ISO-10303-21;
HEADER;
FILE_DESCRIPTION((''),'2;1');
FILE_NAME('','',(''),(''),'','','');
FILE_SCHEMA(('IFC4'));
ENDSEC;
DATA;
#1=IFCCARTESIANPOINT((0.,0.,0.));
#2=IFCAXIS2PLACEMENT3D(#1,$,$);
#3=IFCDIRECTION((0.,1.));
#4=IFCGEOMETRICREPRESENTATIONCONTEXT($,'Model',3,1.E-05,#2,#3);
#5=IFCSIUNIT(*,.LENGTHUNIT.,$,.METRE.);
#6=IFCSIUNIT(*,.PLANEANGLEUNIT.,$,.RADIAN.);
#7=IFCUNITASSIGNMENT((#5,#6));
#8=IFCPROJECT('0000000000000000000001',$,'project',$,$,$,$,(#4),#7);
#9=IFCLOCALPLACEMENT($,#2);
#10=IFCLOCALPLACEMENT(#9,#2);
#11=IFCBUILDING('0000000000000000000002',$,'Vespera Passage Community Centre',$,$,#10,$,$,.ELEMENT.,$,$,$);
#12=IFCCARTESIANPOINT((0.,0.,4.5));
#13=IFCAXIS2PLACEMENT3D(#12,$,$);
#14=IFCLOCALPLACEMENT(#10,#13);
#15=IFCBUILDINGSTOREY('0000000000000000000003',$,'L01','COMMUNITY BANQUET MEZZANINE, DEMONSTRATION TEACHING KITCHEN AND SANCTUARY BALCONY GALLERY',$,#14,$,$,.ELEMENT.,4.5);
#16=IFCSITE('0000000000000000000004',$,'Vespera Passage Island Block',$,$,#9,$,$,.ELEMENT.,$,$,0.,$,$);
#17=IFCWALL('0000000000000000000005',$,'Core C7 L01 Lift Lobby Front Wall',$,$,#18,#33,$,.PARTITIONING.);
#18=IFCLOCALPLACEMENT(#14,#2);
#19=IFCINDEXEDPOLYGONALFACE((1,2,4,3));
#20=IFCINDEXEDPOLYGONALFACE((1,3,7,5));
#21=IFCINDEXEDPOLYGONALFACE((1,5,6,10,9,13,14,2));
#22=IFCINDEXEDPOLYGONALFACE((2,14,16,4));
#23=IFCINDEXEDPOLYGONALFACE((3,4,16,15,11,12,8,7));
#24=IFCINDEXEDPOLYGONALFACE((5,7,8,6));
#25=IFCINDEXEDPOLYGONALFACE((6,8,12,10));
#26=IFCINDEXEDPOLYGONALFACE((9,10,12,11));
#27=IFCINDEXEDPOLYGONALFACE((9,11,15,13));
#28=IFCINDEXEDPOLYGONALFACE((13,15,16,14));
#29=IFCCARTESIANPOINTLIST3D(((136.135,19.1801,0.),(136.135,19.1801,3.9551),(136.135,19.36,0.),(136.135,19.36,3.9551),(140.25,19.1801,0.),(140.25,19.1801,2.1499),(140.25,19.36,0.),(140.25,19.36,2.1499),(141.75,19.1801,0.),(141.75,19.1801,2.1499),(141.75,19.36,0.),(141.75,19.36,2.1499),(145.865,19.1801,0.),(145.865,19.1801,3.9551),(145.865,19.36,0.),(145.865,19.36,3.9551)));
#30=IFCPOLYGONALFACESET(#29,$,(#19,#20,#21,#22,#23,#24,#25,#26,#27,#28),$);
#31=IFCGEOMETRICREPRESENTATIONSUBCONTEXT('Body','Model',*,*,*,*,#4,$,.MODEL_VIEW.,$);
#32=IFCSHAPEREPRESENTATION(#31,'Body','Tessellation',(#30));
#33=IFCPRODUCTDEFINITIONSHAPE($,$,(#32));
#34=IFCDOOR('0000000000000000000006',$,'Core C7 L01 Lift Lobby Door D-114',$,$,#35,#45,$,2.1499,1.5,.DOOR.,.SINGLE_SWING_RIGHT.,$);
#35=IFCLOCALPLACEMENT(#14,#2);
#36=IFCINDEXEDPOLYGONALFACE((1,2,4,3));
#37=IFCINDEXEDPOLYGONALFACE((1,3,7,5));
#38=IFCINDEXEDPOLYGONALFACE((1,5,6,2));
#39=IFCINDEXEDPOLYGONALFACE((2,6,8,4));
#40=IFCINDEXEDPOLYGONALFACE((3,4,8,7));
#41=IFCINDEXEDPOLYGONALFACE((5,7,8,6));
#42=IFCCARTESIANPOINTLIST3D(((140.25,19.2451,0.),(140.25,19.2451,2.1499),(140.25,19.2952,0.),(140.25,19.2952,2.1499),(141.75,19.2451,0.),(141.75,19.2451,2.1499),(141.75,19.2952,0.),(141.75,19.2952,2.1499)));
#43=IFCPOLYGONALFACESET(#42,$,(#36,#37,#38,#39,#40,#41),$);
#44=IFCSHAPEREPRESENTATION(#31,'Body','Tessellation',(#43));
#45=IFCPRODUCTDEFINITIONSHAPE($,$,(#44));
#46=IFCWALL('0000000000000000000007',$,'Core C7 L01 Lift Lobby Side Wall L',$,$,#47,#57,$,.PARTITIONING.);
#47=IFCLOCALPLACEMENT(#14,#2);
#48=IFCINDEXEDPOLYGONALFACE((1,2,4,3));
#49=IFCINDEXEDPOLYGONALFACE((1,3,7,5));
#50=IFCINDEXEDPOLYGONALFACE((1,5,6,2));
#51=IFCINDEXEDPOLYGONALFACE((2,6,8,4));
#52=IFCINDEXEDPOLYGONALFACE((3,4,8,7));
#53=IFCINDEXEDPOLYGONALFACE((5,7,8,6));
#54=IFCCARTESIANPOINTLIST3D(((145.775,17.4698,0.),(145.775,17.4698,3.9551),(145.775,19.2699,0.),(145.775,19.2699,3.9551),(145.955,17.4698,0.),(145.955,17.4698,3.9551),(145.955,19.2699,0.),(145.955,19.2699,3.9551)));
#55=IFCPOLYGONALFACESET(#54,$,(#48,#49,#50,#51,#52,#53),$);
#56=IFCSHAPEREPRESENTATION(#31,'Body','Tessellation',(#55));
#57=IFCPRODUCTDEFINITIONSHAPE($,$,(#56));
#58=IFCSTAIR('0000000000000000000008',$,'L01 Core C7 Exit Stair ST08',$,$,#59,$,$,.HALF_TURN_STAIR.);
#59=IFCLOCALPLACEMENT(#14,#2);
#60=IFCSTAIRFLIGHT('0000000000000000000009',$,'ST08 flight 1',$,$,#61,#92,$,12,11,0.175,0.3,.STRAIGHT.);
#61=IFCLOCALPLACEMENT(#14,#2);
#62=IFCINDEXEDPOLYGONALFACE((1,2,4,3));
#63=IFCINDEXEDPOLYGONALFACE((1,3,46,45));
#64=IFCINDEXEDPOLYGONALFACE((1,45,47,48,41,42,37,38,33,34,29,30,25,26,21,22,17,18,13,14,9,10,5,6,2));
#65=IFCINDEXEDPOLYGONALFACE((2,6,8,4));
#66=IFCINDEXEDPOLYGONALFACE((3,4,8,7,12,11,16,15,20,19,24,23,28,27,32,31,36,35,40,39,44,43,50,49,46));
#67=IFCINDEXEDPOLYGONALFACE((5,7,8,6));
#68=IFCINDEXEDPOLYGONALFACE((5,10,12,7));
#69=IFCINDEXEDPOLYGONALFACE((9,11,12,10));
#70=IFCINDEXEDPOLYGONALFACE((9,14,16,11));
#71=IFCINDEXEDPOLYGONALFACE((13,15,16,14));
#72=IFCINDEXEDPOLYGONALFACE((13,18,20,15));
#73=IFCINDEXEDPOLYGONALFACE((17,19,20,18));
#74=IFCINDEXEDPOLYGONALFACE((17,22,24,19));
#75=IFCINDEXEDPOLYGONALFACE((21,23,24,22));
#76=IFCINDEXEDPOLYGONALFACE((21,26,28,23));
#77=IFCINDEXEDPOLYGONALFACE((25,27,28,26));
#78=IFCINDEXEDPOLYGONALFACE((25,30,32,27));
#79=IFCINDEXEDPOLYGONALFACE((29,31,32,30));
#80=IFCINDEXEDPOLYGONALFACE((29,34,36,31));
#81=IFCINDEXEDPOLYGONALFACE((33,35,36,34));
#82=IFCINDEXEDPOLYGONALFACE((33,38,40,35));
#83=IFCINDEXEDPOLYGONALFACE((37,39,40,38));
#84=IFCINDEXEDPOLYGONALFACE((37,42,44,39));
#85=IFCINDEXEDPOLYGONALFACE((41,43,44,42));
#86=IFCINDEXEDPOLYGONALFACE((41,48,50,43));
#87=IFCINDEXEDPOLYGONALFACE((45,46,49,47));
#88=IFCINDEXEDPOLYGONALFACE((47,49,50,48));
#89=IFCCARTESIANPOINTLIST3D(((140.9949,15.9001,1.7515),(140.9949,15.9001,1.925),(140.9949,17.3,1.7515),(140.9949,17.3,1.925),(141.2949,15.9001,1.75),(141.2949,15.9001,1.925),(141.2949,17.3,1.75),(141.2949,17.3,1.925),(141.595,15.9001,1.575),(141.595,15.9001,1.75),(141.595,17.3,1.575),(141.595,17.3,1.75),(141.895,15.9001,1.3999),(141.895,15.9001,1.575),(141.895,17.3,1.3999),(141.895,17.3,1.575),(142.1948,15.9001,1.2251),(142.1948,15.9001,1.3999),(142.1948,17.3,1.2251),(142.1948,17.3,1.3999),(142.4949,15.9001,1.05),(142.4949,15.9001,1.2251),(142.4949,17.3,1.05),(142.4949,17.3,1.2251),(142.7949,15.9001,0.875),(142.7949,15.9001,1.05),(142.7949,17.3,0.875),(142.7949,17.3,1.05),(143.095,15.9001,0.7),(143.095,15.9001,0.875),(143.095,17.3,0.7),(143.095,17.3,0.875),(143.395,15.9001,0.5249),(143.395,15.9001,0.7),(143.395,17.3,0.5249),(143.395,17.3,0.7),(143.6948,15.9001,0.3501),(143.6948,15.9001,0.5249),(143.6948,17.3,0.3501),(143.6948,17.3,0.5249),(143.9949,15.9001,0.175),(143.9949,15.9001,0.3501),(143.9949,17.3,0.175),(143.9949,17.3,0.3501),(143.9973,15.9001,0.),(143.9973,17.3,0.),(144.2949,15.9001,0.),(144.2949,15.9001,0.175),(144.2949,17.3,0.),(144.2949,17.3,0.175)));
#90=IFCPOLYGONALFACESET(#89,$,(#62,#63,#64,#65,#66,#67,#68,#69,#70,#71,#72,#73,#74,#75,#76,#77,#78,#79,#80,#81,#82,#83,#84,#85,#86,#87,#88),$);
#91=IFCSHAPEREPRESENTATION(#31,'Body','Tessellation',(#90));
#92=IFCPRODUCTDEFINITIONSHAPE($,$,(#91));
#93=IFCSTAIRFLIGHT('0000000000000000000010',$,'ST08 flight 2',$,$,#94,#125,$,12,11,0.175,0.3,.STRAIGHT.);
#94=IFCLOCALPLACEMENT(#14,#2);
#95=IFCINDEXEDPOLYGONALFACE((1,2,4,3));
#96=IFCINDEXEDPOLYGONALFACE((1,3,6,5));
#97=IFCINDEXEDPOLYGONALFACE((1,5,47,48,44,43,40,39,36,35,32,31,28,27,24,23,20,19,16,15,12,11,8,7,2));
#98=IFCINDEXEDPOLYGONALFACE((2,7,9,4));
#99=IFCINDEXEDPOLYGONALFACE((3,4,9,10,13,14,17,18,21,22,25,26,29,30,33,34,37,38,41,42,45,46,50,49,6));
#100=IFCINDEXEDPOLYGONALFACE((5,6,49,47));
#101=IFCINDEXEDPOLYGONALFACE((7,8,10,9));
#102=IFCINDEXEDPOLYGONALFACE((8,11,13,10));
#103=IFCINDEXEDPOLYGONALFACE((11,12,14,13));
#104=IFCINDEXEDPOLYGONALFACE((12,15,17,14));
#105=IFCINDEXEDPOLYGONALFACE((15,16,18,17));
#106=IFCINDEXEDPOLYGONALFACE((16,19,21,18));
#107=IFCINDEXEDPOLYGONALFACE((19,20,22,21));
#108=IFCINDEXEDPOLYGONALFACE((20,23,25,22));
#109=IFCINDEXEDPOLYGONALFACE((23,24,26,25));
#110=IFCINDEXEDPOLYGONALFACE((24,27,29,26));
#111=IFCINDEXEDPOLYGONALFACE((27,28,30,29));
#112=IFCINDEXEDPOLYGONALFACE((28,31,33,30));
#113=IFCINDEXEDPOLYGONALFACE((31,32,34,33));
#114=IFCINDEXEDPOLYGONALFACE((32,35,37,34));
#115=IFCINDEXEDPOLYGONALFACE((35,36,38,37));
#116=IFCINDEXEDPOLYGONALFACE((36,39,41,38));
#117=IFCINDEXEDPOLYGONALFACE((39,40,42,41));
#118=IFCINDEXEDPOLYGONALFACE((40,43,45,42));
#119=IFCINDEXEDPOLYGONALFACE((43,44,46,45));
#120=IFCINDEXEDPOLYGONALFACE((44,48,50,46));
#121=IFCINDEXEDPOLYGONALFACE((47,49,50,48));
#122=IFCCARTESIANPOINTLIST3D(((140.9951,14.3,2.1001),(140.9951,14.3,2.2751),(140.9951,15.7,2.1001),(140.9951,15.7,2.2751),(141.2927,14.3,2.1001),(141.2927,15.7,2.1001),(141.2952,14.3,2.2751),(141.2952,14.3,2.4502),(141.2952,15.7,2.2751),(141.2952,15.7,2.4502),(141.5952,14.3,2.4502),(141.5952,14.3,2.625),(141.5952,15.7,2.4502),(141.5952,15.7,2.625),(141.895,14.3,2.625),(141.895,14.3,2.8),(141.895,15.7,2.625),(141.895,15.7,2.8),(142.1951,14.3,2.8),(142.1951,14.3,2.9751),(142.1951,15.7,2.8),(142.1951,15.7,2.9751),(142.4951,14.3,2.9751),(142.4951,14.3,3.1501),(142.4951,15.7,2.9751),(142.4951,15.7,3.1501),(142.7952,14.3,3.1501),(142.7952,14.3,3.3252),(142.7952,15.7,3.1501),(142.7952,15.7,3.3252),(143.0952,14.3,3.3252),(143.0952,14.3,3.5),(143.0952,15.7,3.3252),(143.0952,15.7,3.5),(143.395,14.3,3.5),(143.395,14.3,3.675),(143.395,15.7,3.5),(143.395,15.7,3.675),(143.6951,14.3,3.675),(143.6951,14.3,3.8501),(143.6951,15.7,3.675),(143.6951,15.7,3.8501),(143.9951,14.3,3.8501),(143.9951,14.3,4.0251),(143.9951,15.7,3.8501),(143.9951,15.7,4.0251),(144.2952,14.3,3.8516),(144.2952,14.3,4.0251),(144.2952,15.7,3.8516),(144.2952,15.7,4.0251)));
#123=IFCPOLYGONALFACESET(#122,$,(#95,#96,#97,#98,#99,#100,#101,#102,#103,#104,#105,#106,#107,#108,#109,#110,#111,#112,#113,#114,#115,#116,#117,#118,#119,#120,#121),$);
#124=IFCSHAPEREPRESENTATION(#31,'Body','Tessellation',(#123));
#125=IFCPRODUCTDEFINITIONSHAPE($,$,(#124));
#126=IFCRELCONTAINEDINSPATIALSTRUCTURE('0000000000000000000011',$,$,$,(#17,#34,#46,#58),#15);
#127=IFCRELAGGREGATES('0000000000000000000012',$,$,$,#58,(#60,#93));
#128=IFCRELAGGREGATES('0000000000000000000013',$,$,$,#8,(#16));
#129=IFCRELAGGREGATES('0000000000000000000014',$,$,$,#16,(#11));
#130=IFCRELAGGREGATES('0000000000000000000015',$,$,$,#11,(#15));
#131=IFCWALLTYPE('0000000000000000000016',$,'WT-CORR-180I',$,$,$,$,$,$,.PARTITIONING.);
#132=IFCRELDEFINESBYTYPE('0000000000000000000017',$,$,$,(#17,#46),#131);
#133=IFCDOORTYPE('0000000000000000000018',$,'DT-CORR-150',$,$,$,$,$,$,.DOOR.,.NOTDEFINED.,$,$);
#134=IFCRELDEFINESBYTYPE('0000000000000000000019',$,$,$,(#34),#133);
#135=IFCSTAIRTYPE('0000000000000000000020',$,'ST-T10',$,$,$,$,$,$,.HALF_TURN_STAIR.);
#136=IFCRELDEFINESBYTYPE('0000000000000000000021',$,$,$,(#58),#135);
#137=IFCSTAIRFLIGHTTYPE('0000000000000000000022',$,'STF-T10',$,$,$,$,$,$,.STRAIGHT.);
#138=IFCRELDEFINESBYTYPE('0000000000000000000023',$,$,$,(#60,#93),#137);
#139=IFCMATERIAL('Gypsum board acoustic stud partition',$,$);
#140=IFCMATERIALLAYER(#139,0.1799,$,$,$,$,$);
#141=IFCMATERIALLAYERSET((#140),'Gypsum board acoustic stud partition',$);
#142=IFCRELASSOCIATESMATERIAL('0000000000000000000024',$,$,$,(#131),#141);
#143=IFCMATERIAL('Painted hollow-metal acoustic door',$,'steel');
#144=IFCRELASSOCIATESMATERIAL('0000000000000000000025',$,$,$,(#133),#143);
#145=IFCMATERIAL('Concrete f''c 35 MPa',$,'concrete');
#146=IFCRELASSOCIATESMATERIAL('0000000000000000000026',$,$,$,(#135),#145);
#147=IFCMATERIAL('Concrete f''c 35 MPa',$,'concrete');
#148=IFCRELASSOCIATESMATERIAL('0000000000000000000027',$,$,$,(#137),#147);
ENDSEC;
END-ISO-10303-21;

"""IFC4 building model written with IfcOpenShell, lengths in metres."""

from ifc_helpers import new_model, si_unit, direction, frame, frame_2d, origin, place, context, subcontext, project, spatial, polyline, rectangle, outline, extrude, material, layer, layer_set, type_object, element, fill, aggregate, save


model = new_model("IFC4")

# Units and contexts
model_context = context("Model", 3, precision=1e-05, world=origin(), true_north=direction((0.0, 1.0)))
body_context = subcontext(model_context, "Body", "Model", "MODEL_VIEW")
ifc_project = project(units=[si_unit("LENGTHUNIT", "METRE"), si_unit("PLANEANGLEUNIT", "RADIAN")], contexts=[model_context])

# Site, building, storey
site_placement = place(None, origin())
site = spatial("IfcSite", under=ifc_project, at=site_placement, Name="Vespera Passage Island Block", CompositionType="ELEMENT", RefElevation=0.0)
building_placement = place(site_placement, origin())
building = spatial("IfcBuilding", under=site, at=building_placement, Name="Vespera Passage Community Centre", CompositionType="ELEMENT")
storey_placement = place(building_placement, frame((0.0, 0.0, 4.5)))
storey = spatial("IfcBuildingStorey", under=building, at=storey_placement, Name="L01", Description="COMMUNITY BANQUET MEZZANINE, DEMONSTRATION TEACHING KITCHEN AND SANCTUARY BALCONY GALLERY", CompositionType="ELEMENT", Elevation=4.5)

# Wall, opening, door
ifc_material_1 = material(Name="Gypsum board acoustic stud partition")
ifc_layer_1 = layer(ifc_material_1, 0.1799)
ifc_layer_set_1 = layer_set([ifc_layer_1], Name="Gypsum board acoustic stud partition")
wall_type_1 = type_object("IfcWallType", Name="WT-CORR-180I", PredefinedType="PARTITIONING", material=ifc_layer_set_1)
wall_1_placement = place(storey_placement, frame((145.865, 19.27, 0.0), z_axis=(0.0, 0.0, 1.0), x_axis=(-1.0, 0.0, 0.0)))
wall_1 = element("IfcWall", 1, at=wall_1_placement, inside=storey, type_object=wall_type_1, Name="Core C7 L01 Lift Lobby Front Wall", PredefinedType="PARTITIONING", context=body_context, shape_type="SweptSolid", body=[
    extrude(rectangle(XDim=9.73, YDim=0.1799, at=frame_2d((4.865, 0.0))), origin(), (0.0, 0.0, 1.0), 3.9551),
])
opening_placement = place(wall_1_placement, frame((4.115, 0.0, 0.0)))
opening = element("IfcOpeningElement", 2, at=opening_placement, cuts=wall_1, PredefinedType="OPENING", context=body_context, shape_type="SweptSolid", body=[
    extrude(rectangle(XDim=1.5, YDim=2.1499, at=frame_2d((0.75, 1.075))), frame((0.0, 0.0999, 0.0), z_axis=(0.0, -1.0, 0.0), x_axis=(1.0, 0.0, 0.0)), (0.0, 0.0, 1.0), 0.2),
])
ifc_material_2 = material(Name="Painted hollow-metal acoustic door", Category="steel")
door_type = type_object("IfcDoorType", Name="DT-CORR-150", OperationType="NOTDEFINED", PredefinedType="DOOR", material=ifc_material_2)
door_placement = place(opening_placement, origin())
door = element("IfcDoor", 3, at=door_placement, inside=storey, type_object=door_type, Name="Core C7 L01 Lift Lobby Door D-114", OperationType="SINGLE_SWING_RIGHT", OverallHeight=2.1499, OverallWidth=1.5, PredefinedType="DOOR", context=body_context, shape_type="SweptSolid", body=[
    extrude(rectangle(XDim=1.5, YDim=2.1499, at=frame_2d((0.75, 1.075))), frame((0.0, 0.0249, 0.0), z_axis=(0.0, -1.0, 0.0), x_axis=(1.0, 0.0, 0.0)), (0.0, 0.0, 1.0), 0.05),
])
fill(opening, door)

# Wall
wall_2_placement = place(storey_placement, frame((145.865, 17.47, 0.0), z_axis=(0.0, 0.0, 1.0), x_axis=(0.0, 1.0, 0.0)))
element("IfcWall", 4, at=wall_2_placement, inside=storey, type_object=wall_type_1, Name="Core C7 L01 Lift Lobby Side Wall L", PredefinedType="PARTITIONING", context=body_context, shape_type="SweptSolid", body=[
    extrude(rectangle(XDim=1.8, YDim=0.1799, at=frame_2d((0.8999, 0.0))), origin(), (0.0, 0.0, 1.0), 3.9551),
])

# Stair, stair flights
ifc_material_3 = material(Name="Concrete f'c 35 MPa", Category="concrete")
stair_type = type_object("IfcStairType", Name="ST-T10", PredefinedType="HALF_TURN_STAIR", material=ifc_material_3)
stair_placement = place(storey_placement, origin())
stair = element("IfcStair", 5, at=stair_placement, inside=storey, type_object=stair_type, Name="L01 Core C7 Exit Stair ST08", PredefinedType="HALF_TURN_STAIR")
ifc_material_4 = material(Name="Concrete f'c 35 MPa", Category="concrete")
stair_flight_type = type_object("IfcStairFlightType", Name="STF-T10", PredefinedType="STRAIGHT", material=ifc_material_4)
stair_flight_1_placement = place(storey_placement, frame((144.2949, 16.6001, 0.0), z_axis=(0.0, 0.0, 1.0), x_axis=(-1.0, 0.0, 0.0)))
stair_flight_1 = element("IfcStairFlight", 6, at=stair_flight_1_placement, type_object=stair_flight_type, Name="ST08 flight 1", NumberOfRisers=12, NumberOfTreads=11, PredefinedType="STRAIGHT", RiserHeight=0.175, TreadLength=0.3, context=body_context, shape_type="SweptSolid", body=[
    extrude(outline(polyline([(0.0, 0.0), (0.0, 0.175), (0.3, 0.175), (0.3, 0.3501), (0.6001, 0.3501), (0.6001, 0.5249), (0.8999, 0.5249), (0.8999, 0.7), (1.2, 0.7), (1.2, 0.875), (1.5, 0.875), (1.5, 1.05), (1.8, 1.05), (1.8, 1.2251), (2.1001, 1.2251), (2.1001, 1.3999), (2.3999, 1.3999), (2.3999, 1.575), (2.7, 1.575), (2.7, 1.75), (3.0, 1.75), (3.0, 1.925), (3.3, 1.925), (3.3, 2.1001), (3.3, 1.7515), (0.2976, 0.0), (0.0, 0.0)])), frame((0.0, 0.7, 0.0), z_axis=(0.0, -1.0, 0.0), x_axis=(1.0, 0.0, 0.0)), (0.0, 0.0, 1.0), 1.3999),
])
stair_flight_2_placement = place(storey_placement, frame((140.9951, 15.0, 2.1001), z_axis=(0.0, 0.0, 1.0), x_axis=(1.0, 0.0, 0.0)))
stair_flight_2 = element("IfcStairFlight", 7, at=stair_flight_2_placement, type_object=stair_flight_type, Name="ST08 flight 2", NumberOfRisers=12, NumberOfTreads=11, PredefinedType="STRAIGHT", RiserHeight=0.175, TreadLength=0.3, context=body_context, shape_type="SweptSolid", body=[
    extrude(outline(polyline([(0.0, 0.0), (0.0, 0.175), (0.3, 0.175), (0.3, 0.3501), (0.6001, 0.3501), (0.6001, 0.5249), (0.8999, 0.5249), (0.8999, 0.7), (1.2, 0.7), (1.2, 0.875), (1.5, 0.875), (1.5, 1.05), (1.8, 1.05), (1.8, 1.2251), (2.1001, 1.2251), (2.1001, 1.3999), (2.3999, 1.3999), (2.3999, 1.575), (2.7, 1.575), (2.7, 1.75), (3.0, 1.75), (3.0, 1.925), (3.3, 1.925), (3.3, 2.1001), (3.3, 1.7515), (0.2976, 0.0), (0.0, 0.0)])), frame((0.0, 0.7, 0.0), z_axis=(0.0, -1.0, 0.0), x_axis=(1.0, 0.0, 0.0)), (0.0, 0.0, 1.0), 1.3999),
])
aggregate(stair, [stair_flight_1, stair_flight_2])

save(model, "model.ifc")
